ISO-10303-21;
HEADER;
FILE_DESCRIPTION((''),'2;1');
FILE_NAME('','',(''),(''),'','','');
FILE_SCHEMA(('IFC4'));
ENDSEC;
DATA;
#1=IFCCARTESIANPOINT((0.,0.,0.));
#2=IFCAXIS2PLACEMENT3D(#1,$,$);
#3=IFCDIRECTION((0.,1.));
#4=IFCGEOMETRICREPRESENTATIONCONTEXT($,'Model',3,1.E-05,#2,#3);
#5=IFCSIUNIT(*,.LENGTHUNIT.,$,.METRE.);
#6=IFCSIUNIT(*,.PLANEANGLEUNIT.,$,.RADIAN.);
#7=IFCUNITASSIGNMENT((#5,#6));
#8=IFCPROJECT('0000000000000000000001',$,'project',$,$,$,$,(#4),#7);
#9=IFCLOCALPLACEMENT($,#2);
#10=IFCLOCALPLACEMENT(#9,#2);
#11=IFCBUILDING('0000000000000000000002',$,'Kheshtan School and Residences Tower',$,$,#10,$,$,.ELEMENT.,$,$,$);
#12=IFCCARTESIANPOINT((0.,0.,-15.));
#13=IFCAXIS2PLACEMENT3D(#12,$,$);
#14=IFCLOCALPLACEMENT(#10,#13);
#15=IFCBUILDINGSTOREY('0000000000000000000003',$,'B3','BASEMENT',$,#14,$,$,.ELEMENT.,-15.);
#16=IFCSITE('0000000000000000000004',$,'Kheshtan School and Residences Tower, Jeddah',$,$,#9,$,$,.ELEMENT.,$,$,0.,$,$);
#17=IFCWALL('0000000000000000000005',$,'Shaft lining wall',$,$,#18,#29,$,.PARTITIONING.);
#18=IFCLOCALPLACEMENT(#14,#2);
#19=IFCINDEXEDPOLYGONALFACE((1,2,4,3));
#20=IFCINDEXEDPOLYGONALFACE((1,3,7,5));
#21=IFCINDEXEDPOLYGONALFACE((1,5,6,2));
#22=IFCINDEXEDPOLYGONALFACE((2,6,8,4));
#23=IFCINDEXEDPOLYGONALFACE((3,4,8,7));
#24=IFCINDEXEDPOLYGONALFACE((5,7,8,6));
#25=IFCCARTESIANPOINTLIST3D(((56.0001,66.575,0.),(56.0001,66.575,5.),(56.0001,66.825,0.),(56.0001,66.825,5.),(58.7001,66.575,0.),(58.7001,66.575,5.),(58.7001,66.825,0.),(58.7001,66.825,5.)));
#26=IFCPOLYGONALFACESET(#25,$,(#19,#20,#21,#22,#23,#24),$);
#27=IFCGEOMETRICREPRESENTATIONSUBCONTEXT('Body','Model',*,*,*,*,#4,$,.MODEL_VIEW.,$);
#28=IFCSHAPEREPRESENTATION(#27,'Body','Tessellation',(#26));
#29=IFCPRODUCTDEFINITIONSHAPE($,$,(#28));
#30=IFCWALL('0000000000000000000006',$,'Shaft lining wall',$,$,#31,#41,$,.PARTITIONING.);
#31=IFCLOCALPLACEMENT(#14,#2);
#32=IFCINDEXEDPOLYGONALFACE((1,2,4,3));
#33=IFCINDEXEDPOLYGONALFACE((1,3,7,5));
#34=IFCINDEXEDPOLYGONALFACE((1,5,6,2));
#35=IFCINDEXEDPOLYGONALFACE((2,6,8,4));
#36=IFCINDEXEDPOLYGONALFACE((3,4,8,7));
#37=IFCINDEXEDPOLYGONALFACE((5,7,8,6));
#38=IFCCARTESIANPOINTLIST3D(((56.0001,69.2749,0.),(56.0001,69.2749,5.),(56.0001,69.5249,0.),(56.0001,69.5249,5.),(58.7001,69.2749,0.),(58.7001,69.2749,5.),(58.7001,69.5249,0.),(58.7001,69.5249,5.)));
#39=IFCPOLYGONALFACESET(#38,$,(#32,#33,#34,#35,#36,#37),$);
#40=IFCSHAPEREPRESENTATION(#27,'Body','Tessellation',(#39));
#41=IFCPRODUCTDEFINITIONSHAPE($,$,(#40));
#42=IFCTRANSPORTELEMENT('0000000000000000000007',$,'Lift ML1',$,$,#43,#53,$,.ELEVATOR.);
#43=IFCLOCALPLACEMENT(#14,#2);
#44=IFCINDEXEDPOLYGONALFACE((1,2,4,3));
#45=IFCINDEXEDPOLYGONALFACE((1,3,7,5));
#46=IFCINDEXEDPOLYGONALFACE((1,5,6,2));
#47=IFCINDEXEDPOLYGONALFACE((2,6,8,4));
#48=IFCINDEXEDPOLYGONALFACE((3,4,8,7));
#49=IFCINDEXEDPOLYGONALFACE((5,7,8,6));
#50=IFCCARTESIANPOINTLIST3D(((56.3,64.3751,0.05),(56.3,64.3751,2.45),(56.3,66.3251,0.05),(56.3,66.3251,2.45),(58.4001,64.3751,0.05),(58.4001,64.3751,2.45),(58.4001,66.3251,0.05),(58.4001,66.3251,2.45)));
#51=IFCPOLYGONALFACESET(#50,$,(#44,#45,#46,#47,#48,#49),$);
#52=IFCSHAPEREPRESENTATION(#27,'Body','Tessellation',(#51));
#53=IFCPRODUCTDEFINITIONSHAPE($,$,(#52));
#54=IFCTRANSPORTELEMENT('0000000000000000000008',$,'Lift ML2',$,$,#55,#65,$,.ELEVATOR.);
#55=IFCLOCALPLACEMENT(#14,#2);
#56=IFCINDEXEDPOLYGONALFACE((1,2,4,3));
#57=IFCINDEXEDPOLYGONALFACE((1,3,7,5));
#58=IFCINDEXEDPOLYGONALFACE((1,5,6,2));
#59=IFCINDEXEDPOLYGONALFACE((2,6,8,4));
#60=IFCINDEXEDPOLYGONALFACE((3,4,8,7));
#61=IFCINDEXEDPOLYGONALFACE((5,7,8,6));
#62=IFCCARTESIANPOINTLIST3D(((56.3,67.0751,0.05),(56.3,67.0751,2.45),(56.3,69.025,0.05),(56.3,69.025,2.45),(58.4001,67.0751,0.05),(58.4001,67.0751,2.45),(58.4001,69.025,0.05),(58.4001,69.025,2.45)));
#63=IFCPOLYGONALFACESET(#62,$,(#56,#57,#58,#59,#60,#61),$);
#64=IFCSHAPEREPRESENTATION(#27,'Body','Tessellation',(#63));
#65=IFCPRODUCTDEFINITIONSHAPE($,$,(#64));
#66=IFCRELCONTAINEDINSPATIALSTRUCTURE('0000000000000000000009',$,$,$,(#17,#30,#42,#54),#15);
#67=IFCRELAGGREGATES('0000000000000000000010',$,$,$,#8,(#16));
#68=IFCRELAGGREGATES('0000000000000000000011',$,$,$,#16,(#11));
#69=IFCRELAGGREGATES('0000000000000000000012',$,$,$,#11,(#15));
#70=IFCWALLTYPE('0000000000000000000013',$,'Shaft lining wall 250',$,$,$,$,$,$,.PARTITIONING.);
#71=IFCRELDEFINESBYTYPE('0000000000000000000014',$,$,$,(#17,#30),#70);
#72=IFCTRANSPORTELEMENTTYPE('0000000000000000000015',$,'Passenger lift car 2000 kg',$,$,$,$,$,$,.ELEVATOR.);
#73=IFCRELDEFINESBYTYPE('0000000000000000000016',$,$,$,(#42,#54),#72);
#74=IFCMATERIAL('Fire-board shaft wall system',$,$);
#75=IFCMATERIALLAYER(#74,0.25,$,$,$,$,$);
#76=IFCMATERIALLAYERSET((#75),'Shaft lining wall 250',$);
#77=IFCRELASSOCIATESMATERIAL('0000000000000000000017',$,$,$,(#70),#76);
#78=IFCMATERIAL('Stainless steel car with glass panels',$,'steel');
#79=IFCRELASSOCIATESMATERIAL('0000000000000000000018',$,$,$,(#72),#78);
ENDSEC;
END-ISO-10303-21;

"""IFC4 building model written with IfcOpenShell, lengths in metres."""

from ifc_helpers import new_model, si_unit, direction, frame, frame_2d, origin, origin_2d, place, context, subcontext, project, spatial, rectangle, extrude, material, layer, layer_set, type_object, element, save


model = new_model("IFC4")

# Units and contexts
model_context = context("Model", 3, precision=1e-05, world=origin(), true_north=direction((0.0, 1.0)))
body_context = subcontext(model_context, "Body", "Model", "MODEL_VIEW")
ifc_project = project(units=[si_unit("LENGTHUNIT", "METRE"), si_unit("PLANEANGLEUNIT", "RADIAN")], contexts=[model_context])

# Site, building, storey
site_placement = place(None, origin())
site = spatial("IfcSite", under=ifc_project, at=site_placement, Name="Kheshtan School and Residences Tower, Jeddah", CompositionType="ELEMENT", RefElevation=0.0)
building_placement = place(site_placement, origin())
building = spatial("IfcBuilding", under=site, at=building_placement, Name="Kheshtan School and Residences Tower", CompositionType="ELEMENT")
storey_placement = place(building_placement, frame((0.0, 0.0, -15.0)))
storey = spatial("IfcBuildingStorey", under=building, at=storey_placement, Name="B3", Description="BASEMENT", CompositionType="ELEMENT", Elevation=-15.0)

# Shared definitions
ifc_material_1 = material(Name="Fire-board shaft wall system")
ifc_layer = layer(ifc_material_1, 0.25)
ifc_layer_set = layer_set([ifc_layer], Name="Shaft lining wall 250")
wall_type = type_object("IfcWallType", Name="Shaft lining wall 250", PredefinedType="PARTITIONING", material=ifc_layer_set)

# Walls
for number, where, z_axis, x_axis, name in (
    (1, (56.0, 66.7, 0.0), (0.0, 0.0, 1.0), (1.0, 0.0, 0.0), "Shaft lining wall"),
    (2, (56.0, 69.3999, 0.0), (0.0, 0.0, 1.0), (1.0, 0.0, 0.0), "Shaft lining wall"),
):
    element("IfcWall", number, at=place(storey_placement, frame(where, z_axis=z_axis, x_axis=x_axis)), inside=storey, type_object=wall_type, Name=name, PredefinedType="PARTITIONING", context=body_context, shape_type="SweptSolid", body=[
        extrude(rectangle(XDim=2.7, YDim=0.25, at=frame_2d((1.3501, 0.0))), origin(), (0.0, 0.0, 1.0), 5.0),
    ])

# Transport elements
ifc_material_2 = material(Name="Stainless steel car with glass panels", Category="steel")
transport_element_type = type_object("IfcTransportElementType", Name="Passenger lift car 2000 kg", PredefinedType="ELEVATOR", material=ifc_material_2)
for number, where, z_axis, x_axis, name in (
    (3, (57.3501, 65.3501, 0.05), (0.0, 0.0, 1.0), (1.0, 0.0, 0.0), "Lift ML1"),
    (4, (57.3501, 68.05, 0.05), (0.0, 0.0, 1.0), (1.0, 0.0, 0.0), "Lift ML2"),
):
    element("IfcTransportElement", number, at=place(storey_placement, frame(where, z_axis=z_axis, x_axis=x_axis)), inside=storey, type_object=transport_element_type, Name=name, PredefinedType="ELEVATOR", context=body_context, shape_type="SweptSolid", body=[
        extrude(rectangle(XDim=2.1001, YDim=1.95, at=origin_2d()), origin(), (0.0, 0.0, 1.0), 2.3999),
    ])

save(model, "model.ifc")
